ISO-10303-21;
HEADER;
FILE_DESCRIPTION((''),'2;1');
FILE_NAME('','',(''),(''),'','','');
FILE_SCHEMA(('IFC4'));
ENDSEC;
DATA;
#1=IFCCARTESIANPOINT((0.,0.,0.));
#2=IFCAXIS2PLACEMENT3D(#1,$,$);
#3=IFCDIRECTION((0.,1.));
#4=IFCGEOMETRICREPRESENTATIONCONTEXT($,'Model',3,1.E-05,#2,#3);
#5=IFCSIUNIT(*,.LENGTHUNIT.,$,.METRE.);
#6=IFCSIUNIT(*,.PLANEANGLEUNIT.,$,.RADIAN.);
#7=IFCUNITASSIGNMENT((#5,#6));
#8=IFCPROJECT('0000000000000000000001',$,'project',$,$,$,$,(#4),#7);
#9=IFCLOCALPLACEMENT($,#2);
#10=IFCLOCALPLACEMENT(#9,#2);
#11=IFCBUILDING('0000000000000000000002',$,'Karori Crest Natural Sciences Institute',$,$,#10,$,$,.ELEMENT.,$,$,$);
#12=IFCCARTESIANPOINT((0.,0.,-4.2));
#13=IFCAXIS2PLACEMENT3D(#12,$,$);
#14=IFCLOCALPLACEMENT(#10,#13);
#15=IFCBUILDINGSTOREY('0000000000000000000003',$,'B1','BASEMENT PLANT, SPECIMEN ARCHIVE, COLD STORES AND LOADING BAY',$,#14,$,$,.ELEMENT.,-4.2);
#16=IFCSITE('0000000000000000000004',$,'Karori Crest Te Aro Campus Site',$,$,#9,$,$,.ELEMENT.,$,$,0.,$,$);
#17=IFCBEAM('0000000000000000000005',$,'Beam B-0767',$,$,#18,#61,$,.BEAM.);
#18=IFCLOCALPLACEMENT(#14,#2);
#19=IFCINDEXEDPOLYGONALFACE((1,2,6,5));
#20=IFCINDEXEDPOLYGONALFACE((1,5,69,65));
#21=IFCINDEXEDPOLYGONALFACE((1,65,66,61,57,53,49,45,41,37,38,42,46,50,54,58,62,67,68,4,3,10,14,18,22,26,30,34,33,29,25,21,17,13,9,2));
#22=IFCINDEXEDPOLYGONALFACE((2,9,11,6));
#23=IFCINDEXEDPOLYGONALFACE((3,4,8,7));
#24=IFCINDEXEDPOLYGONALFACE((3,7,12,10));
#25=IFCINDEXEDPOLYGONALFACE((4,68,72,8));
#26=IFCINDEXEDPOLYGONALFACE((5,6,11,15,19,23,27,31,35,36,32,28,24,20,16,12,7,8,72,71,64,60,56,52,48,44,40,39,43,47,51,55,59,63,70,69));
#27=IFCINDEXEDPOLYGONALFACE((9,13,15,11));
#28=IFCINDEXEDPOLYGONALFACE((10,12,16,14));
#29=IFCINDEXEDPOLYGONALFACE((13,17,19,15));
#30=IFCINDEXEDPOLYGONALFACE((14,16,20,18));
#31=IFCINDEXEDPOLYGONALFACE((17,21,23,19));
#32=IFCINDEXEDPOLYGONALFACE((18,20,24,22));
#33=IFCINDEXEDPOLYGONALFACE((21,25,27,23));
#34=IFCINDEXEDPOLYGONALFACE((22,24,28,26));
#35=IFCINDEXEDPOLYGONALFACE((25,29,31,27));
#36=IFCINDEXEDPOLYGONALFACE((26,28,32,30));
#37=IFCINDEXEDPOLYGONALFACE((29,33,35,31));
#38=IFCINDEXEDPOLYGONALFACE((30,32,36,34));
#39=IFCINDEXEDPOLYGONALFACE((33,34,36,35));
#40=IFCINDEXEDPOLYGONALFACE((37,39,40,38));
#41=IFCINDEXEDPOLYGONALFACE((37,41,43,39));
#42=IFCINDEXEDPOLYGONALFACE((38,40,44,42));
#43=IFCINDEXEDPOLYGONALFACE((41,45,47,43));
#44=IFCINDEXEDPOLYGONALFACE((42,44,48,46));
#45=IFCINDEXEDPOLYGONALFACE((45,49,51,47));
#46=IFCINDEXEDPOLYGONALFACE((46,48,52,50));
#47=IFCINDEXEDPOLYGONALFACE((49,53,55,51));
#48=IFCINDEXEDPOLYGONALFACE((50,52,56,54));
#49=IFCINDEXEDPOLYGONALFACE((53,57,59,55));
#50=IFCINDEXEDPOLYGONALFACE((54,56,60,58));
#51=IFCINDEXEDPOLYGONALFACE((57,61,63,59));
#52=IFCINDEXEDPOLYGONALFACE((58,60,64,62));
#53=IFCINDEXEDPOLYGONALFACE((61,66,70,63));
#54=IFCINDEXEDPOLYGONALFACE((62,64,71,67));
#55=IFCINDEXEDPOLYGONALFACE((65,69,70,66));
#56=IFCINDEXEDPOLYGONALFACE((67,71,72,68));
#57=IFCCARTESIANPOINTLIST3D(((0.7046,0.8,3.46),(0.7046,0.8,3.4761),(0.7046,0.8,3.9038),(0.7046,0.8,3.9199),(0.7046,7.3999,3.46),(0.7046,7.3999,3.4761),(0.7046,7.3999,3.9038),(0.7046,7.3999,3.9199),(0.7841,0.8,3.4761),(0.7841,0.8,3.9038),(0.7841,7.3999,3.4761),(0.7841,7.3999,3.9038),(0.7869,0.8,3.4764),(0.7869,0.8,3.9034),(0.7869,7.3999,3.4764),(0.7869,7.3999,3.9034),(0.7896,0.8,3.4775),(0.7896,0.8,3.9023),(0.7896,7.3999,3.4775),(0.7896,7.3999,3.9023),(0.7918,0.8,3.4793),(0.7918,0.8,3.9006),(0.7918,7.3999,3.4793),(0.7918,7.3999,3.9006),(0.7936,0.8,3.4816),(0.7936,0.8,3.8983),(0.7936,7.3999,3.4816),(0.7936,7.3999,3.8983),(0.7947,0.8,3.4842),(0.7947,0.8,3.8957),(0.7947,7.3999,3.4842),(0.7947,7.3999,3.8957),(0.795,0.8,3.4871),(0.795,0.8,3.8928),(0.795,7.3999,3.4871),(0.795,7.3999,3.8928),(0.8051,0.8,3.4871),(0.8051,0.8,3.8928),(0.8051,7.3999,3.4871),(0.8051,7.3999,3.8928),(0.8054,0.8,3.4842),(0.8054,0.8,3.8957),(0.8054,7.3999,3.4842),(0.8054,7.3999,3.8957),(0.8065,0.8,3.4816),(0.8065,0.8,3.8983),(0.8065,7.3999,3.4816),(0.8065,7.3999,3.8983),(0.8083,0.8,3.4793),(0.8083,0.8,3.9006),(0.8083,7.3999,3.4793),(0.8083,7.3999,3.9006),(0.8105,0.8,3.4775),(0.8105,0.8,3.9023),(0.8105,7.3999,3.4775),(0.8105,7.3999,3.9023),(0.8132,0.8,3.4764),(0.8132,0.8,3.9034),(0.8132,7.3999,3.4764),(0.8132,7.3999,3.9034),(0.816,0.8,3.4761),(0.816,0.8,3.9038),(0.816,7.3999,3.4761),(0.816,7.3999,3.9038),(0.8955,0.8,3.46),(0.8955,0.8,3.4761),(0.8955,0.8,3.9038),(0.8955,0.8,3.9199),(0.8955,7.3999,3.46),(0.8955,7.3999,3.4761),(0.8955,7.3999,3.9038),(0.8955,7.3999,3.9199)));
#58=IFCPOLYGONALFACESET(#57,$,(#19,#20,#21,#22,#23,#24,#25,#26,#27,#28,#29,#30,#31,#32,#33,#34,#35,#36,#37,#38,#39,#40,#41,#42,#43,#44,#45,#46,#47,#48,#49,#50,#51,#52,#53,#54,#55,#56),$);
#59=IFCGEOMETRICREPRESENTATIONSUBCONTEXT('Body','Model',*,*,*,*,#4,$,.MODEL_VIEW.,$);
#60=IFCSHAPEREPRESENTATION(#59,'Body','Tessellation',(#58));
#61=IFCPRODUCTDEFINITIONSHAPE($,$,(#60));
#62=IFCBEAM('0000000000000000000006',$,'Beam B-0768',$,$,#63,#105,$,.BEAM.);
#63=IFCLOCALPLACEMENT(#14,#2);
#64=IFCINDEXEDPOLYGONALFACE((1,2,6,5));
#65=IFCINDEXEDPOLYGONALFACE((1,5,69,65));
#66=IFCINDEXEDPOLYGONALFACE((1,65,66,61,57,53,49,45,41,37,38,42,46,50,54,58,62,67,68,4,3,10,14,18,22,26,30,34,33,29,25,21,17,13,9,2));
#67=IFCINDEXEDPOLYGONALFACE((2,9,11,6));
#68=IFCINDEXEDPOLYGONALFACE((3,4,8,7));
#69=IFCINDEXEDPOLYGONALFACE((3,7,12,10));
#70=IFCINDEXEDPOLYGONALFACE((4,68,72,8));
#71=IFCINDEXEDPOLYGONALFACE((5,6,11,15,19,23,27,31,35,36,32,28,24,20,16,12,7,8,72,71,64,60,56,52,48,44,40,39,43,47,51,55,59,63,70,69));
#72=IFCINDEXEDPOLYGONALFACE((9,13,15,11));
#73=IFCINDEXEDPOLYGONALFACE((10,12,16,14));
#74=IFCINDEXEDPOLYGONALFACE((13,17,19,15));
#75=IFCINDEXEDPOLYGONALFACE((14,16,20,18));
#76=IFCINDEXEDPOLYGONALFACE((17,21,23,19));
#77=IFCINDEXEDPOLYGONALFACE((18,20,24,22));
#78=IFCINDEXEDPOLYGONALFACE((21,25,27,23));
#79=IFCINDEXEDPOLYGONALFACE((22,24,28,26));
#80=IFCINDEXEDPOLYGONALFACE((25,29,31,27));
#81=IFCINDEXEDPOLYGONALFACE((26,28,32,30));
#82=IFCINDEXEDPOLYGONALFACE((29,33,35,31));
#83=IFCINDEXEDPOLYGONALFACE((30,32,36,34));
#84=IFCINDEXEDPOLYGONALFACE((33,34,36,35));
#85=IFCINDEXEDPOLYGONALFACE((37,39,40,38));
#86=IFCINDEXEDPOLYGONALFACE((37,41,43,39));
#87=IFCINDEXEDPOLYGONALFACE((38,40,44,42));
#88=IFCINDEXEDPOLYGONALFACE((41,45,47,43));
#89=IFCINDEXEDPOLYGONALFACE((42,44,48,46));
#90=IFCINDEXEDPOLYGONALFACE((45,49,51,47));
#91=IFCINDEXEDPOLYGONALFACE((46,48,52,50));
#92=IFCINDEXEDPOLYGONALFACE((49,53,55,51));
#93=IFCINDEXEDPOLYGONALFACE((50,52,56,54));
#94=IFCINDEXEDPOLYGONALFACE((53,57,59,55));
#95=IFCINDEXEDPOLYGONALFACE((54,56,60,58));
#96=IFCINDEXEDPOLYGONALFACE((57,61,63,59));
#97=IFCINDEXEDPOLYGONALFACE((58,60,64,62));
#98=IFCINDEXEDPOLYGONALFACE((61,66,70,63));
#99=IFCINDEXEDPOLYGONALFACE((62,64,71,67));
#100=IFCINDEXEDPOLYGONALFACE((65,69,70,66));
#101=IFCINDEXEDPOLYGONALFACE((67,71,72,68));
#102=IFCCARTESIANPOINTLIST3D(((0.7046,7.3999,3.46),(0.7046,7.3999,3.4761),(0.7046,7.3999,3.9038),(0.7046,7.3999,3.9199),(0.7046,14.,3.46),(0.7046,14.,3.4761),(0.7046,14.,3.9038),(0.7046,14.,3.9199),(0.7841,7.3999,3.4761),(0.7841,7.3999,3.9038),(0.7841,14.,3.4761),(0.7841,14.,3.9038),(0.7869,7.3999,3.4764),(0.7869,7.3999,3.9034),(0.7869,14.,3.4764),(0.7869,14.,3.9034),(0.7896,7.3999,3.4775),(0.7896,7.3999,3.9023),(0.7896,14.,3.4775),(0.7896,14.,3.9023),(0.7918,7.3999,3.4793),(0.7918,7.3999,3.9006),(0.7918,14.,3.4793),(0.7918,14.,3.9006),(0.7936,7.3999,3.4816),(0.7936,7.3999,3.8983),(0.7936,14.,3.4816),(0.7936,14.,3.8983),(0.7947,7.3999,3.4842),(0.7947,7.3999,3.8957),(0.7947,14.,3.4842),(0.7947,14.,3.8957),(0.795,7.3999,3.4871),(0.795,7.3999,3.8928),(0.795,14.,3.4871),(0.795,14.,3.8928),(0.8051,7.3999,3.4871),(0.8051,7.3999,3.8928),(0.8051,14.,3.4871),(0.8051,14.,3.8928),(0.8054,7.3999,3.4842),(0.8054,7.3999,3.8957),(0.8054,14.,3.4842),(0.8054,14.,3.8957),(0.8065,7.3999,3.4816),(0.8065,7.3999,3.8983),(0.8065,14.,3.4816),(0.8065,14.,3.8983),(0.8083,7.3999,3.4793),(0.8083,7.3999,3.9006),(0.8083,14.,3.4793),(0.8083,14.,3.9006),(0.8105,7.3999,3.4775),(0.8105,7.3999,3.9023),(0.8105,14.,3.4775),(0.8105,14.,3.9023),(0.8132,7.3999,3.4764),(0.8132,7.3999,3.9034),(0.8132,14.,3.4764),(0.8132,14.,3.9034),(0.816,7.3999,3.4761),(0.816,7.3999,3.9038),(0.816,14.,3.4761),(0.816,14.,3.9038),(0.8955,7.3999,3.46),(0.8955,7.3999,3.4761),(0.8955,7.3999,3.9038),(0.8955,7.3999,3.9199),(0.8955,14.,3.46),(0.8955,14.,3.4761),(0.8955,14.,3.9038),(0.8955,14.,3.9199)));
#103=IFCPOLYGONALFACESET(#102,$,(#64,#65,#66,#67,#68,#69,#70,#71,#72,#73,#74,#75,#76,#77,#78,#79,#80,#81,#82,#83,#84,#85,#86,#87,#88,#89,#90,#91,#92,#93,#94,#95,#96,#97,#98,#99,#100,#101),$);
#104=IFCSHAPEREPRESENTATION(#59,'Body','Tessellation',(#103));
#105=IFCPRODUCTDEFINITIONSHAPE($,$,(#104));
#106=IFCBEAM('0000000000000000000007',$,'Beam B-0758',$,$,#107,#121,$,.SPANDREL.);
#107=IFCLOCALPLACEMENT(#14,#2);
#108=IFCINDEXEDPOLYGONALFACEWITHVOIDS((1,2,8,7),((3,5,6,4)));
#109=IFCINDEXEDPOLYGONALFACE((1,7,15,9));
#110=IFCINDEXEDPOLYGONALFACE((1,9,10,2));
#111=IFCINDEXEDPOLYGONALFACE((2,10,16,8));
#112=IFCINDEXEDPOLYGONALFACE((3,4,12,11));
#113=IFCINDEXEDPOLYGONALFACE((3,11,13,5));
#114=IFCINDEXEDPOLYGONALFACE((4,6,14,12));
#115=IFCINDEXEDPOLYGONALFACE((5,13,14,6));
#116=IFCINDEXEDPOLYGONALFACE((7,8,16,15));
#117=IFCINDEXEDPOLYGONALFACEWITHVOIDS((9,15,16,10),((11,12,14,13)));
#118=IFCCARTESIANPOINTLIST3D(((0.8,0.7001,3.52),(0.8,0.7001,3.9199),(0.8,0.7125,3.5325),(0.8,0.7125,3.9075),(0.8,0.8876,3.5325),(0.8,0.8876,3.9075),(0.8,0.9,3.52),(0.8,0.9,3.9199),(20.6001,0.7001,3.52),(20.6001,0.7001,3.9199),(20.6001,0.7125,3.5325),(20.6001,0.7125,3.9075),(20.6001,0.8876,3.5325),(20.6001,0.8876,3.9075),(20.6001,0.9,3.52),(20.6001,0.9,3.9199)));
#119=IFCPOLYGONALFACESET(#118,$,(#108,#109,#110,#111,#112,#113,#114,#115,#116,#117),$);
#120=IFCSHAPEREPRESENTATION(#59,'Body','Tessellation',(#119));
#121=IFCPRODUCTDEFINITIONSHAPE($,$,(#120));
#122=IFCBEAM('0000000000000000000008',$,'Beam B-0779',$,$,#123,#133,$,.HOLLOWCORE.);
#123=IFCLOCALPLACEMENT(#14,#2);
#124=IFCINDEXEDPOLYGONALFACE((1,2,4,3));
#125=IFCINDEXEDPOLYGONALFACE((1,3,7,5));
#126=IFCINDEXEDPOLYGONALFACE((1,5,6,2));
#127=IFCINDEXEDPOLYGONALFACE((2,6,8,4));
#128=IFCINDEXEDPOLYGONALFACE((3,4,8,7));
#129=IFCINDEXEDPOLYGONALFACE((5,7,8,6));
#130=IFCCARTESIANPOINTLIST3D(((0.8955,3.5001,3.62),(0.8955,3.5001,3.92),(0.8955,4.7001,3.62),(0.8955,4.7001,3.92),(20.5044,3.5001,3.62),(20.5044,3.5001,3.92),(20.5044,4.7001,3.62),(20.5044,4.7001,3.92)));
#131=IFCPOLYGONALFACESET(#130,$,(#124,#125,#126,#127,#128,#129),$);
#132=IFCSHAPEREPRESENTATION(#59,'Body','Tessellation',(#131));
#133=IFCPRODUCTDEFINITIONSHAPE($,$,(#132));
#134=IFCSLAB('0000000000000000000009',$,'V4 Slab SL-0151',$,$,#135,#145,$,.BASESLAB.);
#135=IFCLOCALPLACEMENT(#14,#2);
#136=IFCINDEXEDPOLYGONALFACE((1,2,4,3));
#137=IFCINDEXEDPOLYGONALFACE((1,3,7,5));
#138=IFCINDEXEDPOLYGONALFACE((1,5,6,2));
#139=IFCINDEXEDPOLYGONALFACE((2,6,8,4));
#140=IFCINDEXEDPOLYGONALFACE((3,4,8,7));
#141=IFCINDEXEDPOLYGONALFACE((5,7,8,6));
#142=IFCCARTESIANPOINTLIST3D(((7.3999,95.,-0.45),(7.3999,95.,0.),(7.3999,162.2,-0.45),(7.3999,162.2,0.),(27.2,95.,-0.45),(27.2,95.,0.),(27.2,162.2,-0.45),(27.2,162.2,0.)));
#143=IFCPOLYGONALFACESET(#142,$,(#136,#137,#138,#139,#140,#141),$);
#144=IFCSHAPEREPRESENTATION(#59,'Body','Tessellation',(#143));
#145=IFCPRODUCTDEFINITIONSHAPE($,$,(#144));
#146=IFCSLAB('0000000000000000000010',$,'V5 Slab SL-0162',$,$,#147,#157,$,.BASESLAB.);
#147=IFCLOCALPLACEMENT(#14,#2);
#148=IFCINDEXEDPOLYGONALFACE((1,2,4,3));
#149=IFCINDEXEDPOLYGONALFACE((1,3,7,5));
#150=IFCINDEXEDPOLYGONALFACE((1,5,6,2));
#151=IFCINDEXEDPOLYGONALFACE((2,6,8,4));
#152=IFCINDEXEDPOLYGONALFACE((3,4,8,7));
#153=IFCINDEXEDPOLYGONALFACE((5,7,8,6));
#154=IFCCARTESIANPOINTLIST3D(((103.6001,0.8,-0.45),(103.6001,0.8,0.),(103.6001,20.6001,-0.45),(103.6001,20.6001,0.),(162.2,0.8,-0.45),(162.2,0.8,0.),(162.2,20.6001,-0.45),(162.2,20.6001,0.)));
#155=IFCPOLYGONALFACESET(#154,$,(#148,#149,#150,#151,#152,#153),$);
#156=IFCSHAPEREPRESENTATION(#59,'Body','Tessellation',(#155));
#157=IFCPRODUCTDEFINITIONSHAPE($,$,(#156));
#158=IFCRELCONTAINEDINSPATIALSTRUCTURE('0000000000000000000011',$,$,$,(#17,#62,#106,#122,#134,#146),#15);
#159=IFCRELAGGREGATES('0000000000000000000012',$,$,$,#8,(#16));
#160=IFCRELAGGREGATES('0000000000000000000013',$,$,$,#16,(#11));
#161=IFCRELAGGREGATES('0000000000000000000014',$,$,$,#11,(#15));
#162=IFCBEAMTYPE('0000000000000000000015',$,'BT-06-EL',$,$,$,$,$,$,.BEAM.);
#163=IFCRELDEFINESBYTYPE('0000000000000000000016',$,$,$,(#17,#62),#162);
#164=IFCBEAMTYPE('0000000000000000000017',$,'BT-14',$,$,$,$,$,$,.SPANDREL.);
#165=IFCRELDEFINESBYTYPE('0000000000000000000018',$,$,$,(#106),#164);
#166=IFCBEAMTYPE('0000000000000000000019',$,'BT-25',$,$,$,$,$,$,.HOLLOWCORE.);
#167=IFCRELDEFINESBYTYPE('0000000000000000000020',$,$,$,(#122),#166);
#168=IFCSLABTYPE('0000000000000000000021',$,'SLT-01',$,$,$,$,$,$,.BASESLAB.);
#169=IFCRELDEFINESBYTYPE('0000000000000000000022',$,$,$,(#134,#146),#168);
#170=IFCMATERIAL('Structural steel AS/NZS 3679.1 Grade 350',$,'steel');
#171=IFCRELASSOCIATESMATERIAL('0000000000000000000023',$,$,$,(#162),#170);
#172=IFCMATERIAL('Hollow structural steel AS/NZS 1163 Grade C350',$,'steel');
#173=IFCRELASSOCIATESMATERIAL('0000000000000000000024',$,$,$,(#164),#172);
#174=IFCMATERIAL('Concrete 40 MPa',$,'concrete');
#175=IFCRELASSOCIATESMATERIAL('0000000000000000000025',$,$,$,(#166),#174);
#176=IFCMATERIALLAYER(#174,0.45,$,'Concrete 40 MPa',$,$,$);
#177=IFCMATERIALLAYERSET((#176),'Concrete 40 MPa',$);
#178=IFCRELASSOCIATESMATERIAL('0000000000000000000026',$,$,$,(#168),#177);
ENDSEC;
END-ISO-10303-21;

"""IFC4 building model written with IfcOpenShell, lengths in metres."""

from ifc_helpers import new_model, si_unit, direction, frame, origin, origin_2d, place, context, subcontext, project, spatial, polyline, rectangle, hollow_rectangle, i_section, outline, extrude, material, layer, layer_set, material_profile, profile_set, type_object, element, save


model = new_model("IFC4")

# Units and contexts
model_context = context("Model", 3, precision=1e-05, world=origin(), true_north=direction((0.0, 1.0)))
body_context = subcontext(model_context, "Body", "Model", "MODEL_VIEW")
ifc_project = project(units=[si_unit("LENGTHUNIT", "METRE"), si_unit("PLANEANGLEUNIT", "RADIAN")], contexts=[model_context])

# Site, building, storey
site_placement = place(None, origin())
site = spatial("IfcSite", under=ifc_project, at=site_placement, Name="Karori Crest Te Aro Campus Site", CompositionType="ELEMENT", RefElevation=0.0)
building_placement = place(site_placement, origin())
building = spatial("IfcBuilding", under=site, at=building_placement, Name="Karori Crest Natural Sciences Institute", CompositionType="ELEMENT")
storey_placement = place(building_placement, frame((0.0, 0.0, -4.2)))
storey = spatial("IfcBuildingStorey", under=building, at=storey_placement, Name="B1", Description="BASEMENT PLANT, SPECIMEN ARCHIVE, COLD STORES AND LOADING BAY", CompositionType="ELEMENT", Elevation=-4.2)

# Shared definitions
ifc_material_1 = material(Name="Concrete 40 MPa", Category="concrete")

# Shared definitions
ifc_material_2 = material(Name="Structural steel AS/NZS 3679.1 Grade 350", Category="steel")

# Beams
ifc_material_profile_1 = material_profile(ifc_material_2, i_section(OverallWidth=0.1909, OverallDepth=0.46, WebThickness=0.01, FlangeThickness=0.0161, FilletRadius=0.011, at=origin_2d()), Name="460UB82.1")
ifc_profile_set_1 = profile_set([ifc_material_profile_1], Name="Structural steel AS/NZS 3679.1 Grade 350")
beam_type_1 = type_object("IfcBeamType", Name="BT-06-EL", PredefinedType="BEAM", material=ifc_profile_set_1)
beam_1_placement = place(storey_placement, frame((0.8, 0.8, 3.6899), z_axis=(0.0, 1.0, 0.0), x_axis=(-1.0, 0.0, 0.0)))
element("IfcBeam", 1, at=beam_1_placement, inside=storey, type_object=beam_type_1, Name="Beam B-0767", PredefinedType="BEAM", context=body_context, shape_type="SweptSolid", body=[
    extrude(i_section(OverallWidth=0.1909, OverallDepth=0.46, WebThickness=0.01, FlangeThickness=0.0161, FilletRadius=0.011, at=origin_2d()), origin(), (0.0, 0.0, 1.0), 6.5999),
])
beam_2_placement = place(storey_placement, frame((0.8, 7.3999, 3.6899), z_axis=(0.0, 1.0, 0.0), x_axis=(-1.0, 0.0, 0.0)))
element("IfcBeam", 2, at=beam_2_placement, inside=storey, type_object=beam_type_1, Name="Beam B-0768", PredefinedType="BEAM", context=body_context, shape_type="SweptSolid", body=[
    extrude(i_section(OverallWidth=0.1909, OverallDepth=0.46, WebThickness=0.01, FlangeThickness=0.0161, FilletRadius=0.011, at=origin_2d()), origin(), (0.0, 0.0, 1.0), 6.6001),
])
ifc_material_3 = material(Name="Hollow structural steel AS/NZS 1163 Grade C350", Category="steel")
ifc_material_profile_2 = material_profile(ifc_material_3, hollow_rectangle(XDim=0.2, YDim=0.3999, WallThickness=0.0125, at=origin_2d()), Name="RHS400x200x12.5")
ifc_profile_set_2 = profile_set([ifc_material_profile_2], Name="Hollow structural steel AS/NZS 1163 Grade C350")
beam_type_2 = type_object("IfcBeamType", Name="BT-14", PredefinedType="SPANDREL", material=ifc_profile_set_2)
beam_3_placement = place(storey_placement, frame((0.8, 0.8, 3.72), z_axis=(1.0, 0.0, 0.0), x_axis=(0.0, 1.0, 0.0)))
element("IfcBeam", 3, at=beam_3_placement, inside=storey, type_object=beam_type_2, Name="Beam B-0758", PredefinedType="SPANDREL", context=body_context, shape_type="SweptSolid", body=[
    extrude(hollow_rectangle(XDim=0.2, YDim=0.3999, WallThickness=0.0125, at=origin_2d()), origin(), (0.0, 0.0, 1.0), 19.8),
])
ifc_material_profile_3 = material_profile(ifc_material_1, rectangle(XDim=1.2, YDim=0.3, at=origin_2d()), Name="HCP1200x300")
ifc_profile_set_3 = profile_set([ifc_material_profile_3], Name="Concrete 40 MPa")
beam_type_3 = type_object("IfcBeamType", Name="BT-25", PredefinedType="HOLLOWCORE", material=ifc_profile_set_3)
beam_4_placement = place(storey_placement, frame((0.8955, 4.1001, 3.77), z_axis=(1.0, 0.0, 0.0), x_axis=(0.0, 1.0, 0.0)))
element("IfcBeam", 4, at=beam_4_placement, inside=storey, type_object=beam_type_3, Name="Beam B-0779", PredefinedType="HOLLOWCORE", context=body_context, shape_type="SweptSolid", body=[
    extrude(rectangle(XDim=1.2, YDim=0.3, at=origin_2d()), origin(), (0.0, 0.0, 1.0), 19.6089),
])

# Slabs
ifc_layer_1 = layer(ifc_material_1, 0.45, Name="Concrete 40 MPa")
ifc_layer_set_1 = layer_set([ifc_layer_1], Name="Concrete 40 MPa")
slab_type_1 = type_object("IfcSlabType", Name="SLT-01", PredefinedType="BASESLAB", material=ifc_layer_set_1)
slab_1_placement = place(storey_placement, frame((0.0, 0.0, -0.45)))
element("IfcSlab", 5, at=slab_1_placement, inside=storey, type_object=slab_type_1, Name="V4 Slab SL-0151", PredefinedType="BASESLAB", context=body_context, shape_type="SweptSolid", body=[
    extrude(outline(polyline([(7.3999, 95.0), (27.2, 95.0), (27.2, 162.2), (7.3999, 162.2), (7.3999, 95.0)])), origin(), (0.0, 0.0, 1.0), 0.45),
])
slab_2_placement = place(storey_placement, frame((0.0, 0.0, -0.45)))
element("IfcSlab", 6, at=slab_2_placement, inside=storey, type_object=slab_type_1, Name="V5 Slab SL-0162", PredefinedType="BASESLAB", context=body_context, shape_type="SweptSolid", body=[
    extrude(outline(polyline([(103.6001, 0.8), (162.2, 0.8), (162.2, 20.6001), (103.6001, 20.6001), (103.6001, 0.8)])), origin(), (0.0, 0.0, 1.0), 0.45),
])

save(model, "model.ifc")
